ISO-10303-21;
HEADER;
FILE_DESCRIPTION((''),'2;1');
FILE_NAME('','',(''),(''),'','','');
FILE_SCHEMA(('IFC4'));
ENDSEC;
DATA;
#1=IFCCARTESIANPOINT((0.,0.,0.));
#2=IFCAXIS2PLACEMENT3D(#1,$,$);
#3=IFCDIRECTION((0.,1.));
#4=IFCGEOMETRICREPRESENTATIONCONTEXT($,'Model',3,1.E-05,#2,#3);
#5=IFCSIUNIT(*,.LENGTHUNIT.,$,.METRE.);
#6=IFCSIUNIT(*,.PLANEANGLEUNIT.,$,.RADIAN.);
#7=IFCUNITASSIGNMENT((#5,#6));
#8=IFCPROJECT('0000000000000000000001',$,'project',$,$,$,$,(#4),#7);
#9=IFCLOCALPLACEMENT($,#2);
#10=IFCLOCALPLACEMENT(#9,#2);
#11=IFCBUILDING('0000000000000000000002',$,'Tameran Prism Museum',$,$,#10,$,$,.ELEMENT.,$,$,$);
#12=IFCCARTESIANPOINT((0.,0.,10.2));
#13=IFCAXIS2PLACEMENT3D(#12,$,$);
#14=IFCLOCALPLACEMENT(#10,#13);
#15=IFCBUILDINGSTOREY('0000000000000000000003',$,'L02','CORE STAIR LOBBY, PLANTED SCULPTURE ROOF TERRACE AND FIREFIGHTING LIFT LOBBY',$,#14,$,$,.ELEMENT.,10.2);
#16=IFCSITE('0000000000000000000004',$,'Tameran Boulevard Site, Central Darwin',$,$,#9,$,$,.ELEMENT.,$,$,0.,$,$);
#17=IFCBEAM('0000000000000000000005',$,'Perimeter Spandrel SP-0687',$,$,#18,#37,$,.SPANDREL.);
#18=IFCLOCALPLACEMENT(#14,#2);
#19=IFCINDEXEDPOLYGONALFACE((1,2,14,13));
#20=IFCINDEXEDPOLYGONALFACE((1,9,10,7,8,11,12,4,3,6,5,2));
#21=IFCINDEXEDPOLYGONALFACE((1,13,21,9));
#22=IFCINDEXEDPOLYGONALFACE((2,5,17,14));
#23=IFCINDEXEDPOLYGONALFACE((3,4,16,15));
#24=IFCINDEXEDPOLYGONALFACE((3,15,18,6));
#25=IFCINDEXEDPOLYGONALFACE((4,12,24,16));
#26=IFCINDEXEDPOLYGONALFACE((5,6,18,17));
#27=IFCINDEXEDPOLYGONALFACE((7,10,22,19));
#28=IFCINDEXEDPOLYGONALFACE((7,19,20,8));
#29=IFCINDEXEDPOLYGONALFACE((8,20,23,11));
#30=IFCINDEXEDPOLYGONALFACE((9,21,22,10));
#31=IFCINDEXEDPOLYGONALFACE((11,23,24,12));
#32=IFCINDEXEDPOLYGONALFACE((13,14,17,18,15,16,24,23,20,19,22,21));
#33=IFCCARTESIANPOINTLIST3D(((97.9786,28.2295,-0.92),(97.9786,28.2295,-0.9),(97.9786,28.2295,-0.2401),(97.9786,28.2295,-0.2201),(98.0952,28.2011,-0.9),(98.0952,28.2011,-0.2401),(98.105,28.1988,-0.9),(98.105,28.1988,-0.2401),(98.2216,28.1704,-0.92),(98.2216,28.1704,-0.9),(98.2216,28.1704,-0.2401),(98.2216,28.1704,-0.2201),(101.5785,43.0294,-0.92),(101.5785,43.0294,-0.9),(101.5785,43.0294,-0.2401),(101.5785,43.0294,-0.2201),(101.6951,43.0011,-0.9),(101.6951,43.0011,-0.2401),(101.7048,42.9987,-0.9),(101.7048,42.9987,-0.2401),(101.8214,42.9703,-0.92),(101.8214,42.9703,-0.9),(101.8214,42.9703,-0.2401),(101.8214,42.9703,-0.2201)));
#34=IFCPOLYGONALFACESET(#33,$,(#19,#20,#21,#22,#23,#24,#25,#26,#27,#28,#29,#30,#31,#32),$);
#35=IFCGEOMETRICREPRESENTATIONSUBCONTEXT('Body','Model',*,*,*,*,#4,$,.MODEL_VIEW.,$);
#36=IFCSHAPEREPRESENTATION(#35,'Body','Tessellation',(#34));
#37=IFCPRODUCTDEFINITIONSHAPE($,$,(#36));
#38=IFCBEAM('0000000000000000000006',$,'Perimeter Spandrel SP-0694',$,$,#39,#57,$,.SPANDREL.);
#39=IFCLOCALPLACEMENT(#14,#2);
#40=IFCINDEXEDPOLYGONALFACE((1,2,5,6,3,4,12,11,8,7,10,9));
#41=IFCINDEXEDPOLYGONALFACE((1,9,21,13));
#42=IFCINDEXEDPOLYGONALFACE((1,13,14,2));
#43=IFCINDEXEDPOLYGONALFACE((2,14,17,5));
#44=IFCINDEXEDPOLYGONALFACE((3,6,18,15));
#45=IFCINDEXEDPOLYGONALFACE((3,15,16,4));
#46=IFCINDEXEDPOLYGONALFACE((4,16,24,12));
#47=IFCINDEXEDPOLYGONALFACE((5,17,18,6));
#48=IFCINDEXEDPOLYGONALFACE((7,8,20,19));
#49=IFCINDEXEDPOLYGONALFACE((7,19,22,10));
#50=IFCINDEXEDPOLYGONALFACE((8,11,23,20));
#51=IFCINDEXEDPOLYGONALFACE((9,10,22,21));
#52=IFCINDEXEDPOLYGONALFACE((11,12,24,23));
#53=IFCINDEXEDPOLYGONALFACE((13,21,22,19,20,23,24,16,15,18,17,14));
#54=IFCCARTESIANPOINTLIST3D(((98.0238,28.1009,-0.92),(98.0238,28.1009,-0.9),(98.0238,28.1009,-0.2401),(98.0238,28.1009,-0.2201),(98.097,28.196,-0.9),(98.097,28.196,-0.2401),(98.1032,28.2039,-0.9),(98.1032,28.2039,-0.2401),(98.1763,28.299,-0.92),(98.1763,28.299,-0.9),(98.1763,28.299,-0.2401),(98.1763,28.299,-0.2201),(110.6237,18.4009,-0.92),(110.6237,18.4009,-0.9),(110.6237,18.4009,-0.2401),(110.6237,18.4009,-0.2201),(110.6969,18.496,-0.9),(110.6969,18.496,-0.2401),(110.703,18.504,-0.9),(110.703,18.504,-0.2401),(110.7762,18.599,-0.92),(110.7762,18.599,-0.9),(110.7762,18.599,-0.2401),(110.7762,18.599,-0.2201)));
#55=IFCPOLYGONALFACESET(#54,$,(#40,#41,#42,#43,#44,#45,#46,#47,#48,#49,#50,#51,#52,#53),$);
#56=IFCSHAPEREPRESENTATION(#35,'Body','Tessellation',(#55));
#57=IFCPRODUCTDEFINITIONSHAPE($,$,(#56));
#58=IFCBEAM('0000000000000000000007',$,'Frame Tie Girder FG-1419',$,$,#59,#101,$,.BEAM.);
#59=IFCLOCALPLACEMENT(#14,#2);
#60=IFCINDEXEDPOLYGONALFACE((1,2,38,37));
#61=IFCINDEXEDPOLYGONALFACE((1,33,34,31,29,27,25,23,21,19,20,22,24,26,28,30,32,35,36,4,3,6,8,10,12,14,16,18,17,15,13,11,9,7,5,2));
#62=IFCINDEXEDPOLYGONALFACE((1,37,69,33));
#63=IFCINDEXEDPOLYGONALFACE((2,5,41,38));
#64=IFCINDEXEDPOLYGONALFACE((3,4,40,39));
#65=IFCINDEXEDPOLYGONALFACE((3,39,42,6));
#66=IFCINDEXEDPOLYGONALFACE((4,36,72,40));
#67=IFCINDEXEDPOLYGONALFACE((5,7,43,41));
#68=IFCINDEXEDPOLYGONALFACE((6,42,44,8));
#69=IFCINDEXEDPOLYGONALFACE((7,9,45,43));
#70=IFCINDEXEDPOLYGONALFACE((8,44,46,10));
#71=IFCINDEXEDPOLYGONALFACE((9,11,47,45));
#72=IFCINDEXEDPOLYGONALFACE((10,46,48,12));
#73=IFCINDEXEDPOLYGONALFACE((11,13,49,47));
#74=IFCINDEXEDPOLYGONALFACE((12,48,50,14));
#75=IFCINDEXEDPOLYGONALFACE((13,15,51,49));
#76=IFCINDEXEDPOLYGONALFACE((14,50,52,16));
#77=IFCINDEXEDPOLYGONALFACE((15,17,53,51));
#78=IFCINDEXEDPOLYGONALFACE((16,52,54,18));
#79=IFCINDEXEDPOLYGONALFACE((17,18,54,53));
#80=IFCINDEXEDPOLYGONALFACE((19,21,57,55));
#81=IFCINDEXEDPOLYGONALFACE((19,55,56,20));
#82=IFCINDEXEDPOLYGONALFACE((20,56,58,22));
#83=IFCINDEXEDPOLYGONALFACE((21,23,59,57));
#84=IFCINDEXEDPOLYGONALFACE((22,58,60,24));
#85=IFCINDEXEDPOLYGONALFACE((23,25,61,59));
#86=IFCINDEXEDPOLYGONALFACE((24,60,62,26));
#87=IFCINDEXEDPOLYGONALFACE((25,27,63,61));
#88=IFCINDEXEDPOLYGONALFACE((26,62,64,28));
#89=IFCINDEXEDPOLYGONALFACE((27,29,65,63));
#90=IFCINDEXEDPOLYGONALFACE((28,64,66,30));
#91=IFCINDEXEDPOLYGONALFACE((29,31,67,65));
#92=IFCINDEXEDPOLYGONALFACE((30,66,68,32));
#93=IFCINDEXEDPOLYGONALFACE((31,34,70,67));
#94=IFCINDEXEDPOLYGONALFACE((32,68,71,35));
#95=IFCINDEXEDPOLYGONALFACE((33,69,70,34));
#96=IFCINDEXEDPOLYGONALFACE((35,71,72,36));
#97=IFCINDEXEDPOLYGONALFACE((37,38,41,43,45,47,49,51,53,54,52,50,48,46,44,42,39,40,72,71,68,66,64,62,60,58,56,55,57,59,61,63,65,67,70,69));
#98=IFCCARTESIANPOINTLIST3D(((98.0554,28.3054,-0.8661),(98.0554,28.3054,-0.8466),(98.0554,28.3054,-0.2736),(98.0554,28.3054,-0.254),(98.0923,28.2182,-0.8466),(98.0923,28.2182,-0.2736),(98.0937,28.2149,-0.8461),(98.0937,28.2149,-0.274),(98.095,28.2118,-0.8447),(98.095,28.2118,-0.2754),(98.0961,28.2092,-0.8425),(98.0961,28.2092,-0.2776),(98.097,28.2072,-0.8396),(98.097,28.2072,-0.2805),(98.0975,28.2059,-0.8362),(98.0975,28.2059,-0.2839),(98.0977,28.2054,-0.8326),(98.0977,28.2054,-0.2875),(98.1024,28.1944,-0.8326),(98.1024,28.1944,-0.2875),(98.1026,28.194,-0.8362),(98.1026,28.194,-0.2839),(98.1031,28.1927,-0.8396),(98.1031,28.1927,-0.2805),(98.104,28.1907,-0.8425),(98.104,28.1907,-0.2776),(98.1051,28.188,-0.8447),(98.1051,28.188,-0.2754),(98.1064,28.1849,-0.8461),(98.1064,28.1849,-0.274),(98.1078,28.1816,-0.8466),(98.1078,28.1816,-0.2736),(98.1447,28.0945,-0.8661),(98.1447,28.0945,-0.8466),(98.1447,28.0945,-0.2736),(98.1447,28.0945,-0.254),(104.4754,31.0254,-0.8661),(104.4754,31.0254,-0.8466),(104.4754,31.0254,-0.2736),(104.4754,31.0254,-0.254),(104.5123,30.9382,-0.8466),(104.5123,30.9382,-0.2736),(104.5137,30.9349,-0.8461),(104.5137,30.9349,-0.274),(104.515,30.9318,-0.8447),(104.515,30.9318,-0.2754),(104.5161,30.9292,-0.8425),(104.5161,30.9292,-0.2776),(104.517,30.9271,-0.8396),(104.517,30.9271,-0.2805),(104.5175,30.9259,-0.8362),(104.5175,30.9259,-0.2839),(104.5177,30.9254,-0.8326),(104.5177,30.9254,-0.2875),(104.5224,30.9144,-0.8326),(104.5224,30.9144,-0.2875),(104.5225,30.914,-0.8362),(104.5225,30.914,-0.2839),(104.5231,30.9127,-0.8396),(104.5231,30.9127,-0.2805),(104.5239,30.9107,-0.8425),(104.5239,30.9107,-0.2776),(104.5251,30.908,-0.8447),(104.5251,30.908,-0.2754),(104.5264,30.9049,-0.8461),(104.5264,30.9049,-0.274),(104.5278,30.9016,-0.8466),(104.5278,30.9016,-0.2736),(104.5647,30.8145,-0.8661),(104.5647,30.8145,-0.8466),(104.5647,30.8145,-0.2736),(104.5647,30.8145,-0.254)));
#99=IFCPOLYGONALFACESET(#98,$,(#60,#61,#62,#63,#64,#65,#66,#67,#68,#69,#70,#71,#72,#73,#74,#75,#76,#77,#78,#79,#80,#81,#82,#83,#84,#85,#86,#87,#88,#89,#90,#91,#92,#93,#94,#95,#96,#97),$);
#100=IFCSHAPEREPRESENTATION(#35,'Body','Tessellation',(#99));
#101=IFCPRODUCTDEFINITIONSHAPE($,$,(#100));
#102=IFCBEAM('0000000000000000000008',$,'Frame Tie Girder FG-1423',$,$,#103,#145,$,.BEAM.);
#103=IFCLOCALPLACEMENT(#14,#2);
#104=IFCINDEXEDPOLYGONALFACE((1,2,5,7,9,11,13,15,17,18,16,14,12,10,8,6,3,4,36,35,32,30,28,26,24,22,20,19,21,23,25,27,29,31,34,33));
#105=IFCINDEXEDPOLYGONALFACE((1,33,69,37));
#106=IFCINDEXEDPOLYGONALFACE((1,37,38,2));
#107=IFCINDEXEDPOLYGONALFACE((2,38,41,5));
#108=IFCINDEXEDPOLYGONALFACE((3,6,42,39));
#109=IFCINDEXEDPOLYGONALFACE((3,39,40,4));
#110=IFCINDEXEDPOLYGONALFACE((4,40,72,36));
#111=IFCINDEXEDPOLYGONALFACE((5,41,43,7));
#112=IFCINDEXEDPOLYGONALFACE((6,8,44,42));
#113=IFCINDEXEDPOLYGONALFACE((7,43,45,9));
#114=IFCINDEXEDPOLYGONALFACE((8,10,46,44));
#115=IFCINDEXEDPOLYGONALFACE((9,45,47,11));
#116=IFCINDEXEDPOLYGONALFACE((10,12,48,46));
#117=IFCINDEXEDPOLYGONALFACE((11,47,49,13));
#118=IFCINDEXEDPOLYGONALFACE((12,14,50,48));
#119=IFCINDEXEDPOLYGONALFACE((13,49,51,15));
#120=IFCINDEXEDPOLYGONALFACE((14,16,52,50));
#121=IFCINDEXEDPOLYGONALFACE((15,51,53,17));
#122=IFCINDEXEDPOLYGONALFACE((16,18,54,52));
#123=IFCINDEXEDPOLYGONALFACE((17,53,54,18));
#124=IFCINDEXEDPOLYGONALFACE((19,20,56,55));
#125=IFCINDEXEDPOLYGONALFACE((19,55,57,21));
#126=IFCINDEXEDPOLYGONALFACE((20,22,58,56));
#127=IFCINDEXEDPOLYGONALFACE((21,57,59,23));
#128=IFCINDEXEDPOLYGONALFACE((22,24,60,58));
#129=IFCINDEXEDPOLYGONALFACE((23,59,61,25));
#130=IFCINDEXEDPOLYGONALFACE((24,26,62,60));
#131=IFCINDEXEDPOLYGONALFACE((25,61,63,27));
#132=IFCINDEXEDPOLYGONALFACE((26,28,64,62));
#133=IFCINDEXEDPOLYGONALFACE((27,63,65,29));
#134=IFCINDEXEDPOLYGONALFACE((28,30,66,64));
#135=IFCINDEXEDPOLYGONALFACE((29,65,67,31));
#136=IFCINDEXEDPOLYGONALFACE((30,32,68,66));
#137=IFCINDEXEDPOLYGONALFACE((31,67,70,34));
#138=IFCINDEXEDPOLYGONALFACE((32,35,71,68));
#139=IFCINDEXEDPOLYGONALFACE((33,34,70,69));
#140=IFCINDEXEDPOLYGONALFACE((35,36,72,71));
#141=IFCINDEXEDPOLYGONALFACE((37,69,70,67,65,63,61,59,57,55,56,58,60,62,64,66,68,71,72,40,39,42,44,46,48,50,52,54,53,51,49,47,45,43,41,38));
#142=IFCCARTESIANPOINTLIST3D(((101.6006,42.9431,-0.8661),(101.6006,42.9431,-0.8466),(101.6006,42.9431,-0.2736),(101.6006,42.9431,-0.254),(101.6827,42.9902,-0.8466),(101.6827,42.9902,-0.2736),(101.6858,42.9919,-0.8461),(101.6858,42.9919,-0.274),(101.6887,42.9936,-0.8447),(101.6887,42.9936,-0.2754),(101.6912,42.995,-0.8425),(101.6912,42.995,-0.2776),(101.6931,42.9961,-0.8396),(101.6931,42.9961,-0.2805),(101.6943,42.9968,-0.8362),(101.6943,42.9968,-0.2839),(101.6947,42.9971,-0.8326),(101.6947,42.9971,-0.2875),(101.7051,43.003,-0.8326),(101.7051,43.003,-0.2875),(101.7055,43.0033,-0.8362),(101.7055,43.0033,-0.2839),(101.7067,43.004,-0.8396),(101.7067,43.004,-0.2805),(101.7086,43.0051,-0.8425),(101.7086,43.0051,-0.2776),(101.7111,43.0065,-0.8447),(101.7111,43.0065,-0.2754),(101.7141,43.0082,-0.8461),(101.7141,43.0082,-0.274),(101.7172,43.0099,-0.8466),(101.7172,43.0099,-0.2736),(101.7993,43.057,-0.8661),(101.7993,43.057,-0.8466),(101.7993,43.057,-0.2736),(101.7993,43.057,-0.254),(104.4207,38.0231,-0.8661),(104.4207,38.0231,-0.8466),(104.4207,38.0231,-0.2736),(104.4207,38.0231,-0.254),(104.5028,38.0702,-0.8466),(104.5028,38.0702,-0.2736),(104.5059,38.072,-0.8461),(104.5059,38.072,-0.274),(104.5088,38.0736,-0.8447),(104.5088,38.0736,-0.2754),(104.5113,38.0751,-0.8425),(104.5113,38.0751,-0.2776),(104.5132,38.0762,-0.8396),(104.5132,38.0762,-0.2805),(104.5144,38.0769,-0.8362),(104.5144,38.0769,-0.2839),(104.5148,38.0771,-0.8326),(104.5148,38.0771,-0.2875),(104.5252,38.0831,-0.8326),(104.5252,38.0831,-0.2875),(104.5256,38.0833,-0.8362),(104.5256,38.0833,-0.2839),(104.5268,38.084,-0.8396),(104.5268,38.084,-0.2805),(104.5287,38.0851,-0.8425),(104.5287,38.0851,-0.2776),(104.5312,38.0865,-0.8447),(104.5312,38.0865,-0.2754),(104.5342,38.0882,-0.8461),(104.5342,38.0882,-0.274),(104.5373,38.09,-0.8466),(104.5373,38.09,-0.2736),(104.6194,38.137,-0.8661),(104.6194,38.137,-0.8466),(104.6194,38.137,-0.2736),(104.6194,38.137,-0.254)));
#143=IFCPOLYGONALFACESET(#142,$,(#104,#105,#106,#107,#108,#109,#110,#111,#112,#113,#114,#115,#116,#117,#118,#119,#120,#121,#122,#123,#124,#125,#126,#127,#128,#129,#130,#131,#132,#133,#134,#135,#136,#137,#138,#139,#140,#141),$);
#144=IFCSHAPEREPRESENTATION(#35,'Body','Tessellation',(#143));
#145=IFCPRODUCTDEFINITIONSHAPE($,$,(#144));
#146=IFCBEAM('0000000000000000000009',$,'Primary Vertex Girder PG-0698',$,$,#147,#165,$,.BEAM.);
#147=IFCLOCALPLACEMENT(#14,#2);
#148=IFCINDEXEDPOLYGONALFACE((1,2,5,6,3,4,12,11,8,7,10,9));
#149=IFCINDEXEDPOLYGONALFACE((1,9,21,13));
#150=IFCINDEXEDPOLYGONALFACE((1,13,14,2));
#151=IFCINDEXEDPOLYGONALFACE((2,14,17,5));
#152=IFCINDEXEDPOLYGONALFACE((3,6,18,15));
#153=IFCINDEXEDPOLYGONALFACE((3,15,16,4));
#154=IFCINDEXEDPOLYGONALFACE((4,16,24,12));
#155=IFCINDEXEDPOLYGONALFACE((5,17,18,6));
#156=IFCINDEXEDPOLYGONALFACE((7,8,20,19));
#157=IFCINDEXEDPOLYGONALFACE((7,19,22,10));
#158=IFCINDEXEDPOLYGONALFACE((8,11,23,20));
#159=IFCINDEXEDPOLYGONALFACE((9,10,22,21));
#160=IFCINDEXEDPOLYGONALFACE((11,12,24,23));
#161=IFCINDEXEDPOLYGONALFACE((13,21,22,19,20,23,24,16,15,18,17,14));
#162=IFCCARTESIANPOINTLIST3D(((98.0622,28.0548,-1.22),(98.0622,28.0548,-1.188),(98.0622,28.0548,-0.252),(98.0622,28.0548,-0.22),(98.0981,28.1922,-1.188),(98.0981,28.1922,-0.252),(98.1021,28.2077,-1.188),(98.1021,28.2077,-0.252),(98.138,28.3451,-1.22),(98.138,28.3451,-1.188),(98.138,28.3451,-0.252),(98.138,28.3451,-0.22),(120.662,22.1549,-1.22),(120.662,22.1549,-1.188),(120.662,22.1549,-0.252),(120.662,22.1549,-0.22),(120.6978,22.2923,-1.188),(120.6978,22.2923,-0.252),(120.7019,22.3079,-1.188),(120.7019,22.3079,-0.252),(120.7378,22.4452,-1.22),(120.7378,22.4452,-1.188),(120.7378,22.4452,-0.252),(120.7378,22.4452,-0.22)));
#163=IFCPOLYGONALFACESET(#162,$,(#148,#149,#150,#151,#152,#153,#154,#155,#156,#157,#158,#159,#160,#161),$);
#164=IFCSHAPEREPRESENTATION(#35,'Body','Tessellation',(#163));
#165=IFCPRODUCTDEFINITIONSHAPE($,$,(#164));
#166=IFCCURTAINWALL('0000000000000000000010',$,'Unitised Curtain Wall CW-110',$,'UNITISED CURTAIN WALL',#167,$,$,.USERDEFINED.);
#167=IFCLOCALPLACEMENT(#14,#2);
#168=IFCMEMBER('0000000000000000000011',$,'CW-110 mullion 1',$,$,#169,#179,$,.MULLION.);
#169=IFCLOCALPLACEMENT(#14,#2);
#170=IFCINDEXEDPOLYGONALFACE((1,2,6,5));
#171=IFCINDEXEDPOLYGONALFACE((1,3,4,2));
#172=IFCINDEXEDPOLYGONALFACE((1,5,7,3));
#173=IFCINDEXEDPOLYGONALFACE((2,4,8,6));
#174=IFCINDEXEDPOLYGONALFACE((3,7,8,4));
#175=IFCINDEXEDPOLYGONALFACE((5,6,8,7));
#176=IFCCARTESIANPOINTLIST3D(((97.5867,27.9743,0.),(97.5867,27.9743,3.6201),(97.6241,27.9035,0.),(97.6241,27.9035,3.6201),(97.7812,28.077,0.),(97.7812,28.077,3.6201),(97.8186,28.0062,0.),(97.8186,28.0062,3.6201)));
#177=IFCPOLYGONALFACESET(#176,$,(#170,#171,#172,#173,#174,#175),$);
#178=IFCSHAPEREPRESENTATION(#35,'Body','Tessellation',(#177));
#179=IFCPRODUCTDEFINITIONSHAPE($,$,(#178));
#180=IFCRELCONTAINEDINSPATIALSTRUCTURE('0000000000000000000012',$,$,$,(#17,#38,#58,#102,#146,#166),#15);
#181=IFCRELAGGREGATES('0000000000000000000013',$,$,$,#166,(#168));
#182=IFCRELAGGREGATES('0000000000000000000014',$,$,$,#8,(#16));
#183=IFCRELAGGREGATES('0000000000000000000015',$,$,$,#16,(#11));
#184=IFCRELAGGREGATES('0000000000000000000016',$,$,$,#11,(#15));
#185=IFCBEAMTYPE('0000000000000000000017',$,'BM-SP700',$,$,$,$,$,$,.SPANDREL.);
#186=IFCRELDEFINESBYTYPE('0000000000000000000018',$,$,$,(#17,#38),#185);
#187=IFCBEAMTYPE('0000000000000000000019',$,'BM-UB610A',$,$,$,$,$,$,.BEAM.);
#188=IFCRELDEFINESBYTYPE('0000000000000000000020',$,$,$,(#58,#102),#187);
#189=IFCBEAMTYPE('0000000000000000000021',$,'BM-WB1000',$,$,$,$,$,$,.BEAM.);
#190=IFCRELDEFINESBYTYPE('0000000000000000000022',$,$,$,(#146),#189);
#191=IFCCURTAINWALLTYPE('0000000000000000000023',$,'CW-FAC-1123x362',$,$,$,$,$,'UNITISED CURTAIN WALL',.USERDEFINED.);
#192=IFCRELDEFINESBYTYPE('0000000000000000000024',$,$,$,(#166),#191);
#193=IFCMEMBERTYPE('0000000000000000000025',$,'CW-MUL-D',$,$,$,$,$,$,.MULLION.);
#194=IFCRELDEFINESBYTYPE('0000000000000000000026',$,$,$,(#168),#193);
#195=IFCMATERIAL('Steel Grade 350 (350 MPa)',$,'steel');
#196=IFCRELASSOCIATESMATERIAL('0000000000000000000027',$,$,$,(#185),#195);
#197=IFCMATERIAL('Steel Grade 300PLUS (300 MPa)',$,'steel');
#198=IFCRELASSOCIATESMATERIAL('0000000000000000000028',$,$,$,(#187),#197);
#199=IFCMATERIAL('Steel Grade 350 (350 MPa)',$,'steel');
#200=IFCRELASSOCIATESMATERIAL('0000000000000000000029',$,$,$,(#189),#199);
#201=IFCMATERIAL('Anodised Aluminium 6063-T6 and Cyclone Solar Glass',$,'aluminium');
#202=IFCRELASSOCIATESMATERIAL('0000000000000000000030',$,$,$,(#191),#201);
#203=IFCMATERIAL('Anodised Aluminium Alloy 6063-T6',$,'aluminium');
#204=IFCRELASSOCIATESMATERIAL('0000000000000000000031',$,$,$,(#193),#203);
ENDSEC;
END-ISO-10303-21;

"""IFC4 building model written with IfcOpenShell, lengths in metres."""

from ifc_helpers import new_model, si_unit, direction, frame, origin, origin_2d, place, context, subcontext, project, spatial, rectangle, i_section, extrude, material, material_profile, profile_set, type_object, element, aggregate, save


model = new_model("IFC4")

# Units and contexts
model_context = context("Model", 3, precision=1e-05, world=origin(), true_north=direction((0.0, 1.0)))
body_context = subcontext(model_context, "Body", "Model", "MODEL_VIEW")
ifc_project = project(units=[si_unit("LENGTHUNIT", "METRE"), si_unit("PLANEANGLEUNIT", "RADIAN")], contexts=[model_context])

# Site, building, storey
site_placement = place(None, origin())
site = spatial("IfcSite", under=ifc_project, at=site_placement, Name="Tameran Boulevard Site, Central Darwin", CompositionType="ELEMENT", RefElevation=0.0)
building_placement = place(site_placement, origin())
building = spatial("IfcBuilding", under=site, at=building_placement, Name="Tameran Prism Museum", CompositionType="ELEMENT")
storey_placement = place(building_placement, frame((0.0, 0.0, 10.2)))
storey = spatial("IfcBuildingStorey", under=building, at=storey_placement, Name="L02", Description="CORE STAIR LOBBY, PLANTED SCULPTURE ROOF TERRACE AND FIREFIGHTING LIFT LOBBY", CompositionType="ELEMENT", Elevation=10.2)

# Beams
ifc_material_1 = material(Name="Steel Grade 350 (350 MPa)", Category="steel")
ifc_material_profile_1 = material_profile(ifc_material_1, i_section(OverallWidth=0.25, OverallDepth=0.7, WebThickness=0.01, FlangeThickness=0.02, at=origin_2d()))
ifc_profile_set_1 = profile_set([ifc_material_profile_1])
beam_type_1 = type_object("IfcBeamType", Name="BM-SP700", PredefinedType="SPANDREL", material=ifc_profile_set_1)
beam_1_placement = place(storey_placement, frame((98.1001, 28.2, -0.5701), z_axis=(0.236342, 0.97167, 0.0), x_axis=(-0.97167, 0.236342, 0.0)))
element("IfcBeam", 1, at=beam_1_placement, inside=storey, type_object=beam_type_1, Name="Perimeter Spandrel SP-0687", PredefinedType="SPANDREL", context=body_context, shape_type="SweptSolid", body=[
    extrude(i_section(OverallWidth=0.25, OverallDepth=0.7, WebThickness=0.01, FlangeThickness=0.02, at=origin_2d()), origin(), (0.0, 0.0, 1.0), 15.2314),
])
beam_2_placement = place(storey_placement, frame((98.1001, 28.2, -0.5701), z_axis=(0.792388, -0.610017, 0.0), x_axis=(0.610017, 0.792388, 0.0)))
element("IfcBeam", 2, at=beam_2_placement, inside=storey, type_object=beam_type_1, Name="Perimeter Spandrel SP-0694", PredefinedType="SPANDREL", context=body_context, shape_type="SweptSolid", body=[
    extrude(i_section(OverallWidth=0.25, OverallDepth=0.7, WebThickness=0.01, FlangeThickness=0.02, at=origin_2d()), origin(), (0.0, 0.0, 1.0), 15.9011),
])
ifc_material_2 = material(Name="Steel Grade 300PLUS (300 MPa)", Category="steel")
ifc_material_profile_2 = material_profile(ifc_material_2, i_section(OverallWidth=0.229, OverallDepth=0.6121, WebThickness=0.012, FlangeThickness=0.0195, FilletRadius=0.0139, at=origin_2d()))
ifc_profile_set_2 = profile_set([ifc_material_profile_2])
beam_type_2 = type_object("IfcBeamType", Name="BM-UB610A", PredefinedType="BEAM", material=ifc_profile_set_2)
beam_3_placement = place(storey_placement, frame((104.52, 30.9199, -0.5601), z_axis=(-0.920769, -0.390108, 0.0), x_axis=(0.390108, -0.920769, 0.0)))
element("IfcBeam", 3, at=beam_3_placement, inside=storey, type_object=beam_type_2, Name="Frame Tie Girder FG-1419", PredefinedType="BEAM", context=body_context, shape_type="SweptSolid", body=[
    extrude(i_section(OverallWidth=0.229, OverallDepth=0.6121, WebThickness=0.012, FlangeThickness=0.0195, FilletRadius=0.0139, at=origin_2d()), origin(), (0.0, 0.0, 1.0), 6.9724),
])
beam_4_placement = place(storey_placement, frame((104.52, 38.0801, -0.5601), z_axis=(-0.497293, 0.867583, 0.0), x_axis=(-0.867583, -0.497293, 0.0)))
element("IfcBeam", 4, at=beam_4_placement, inside=storey, type_object=beam_type_2, Name="Frame Tie Girder FG-1423", PredefinedType="BEAM", context=body_context, shape_type="SweptSolid", body=[
    extrude(i_section(OverallWidth=0.229, OverallDepth=0.6121, WebThickness=0.012, FlangeThickness=0.0195, FilletRadius=0.0139, at=origin_2d()), origin(), (0.0, 0.0, 1.0), 5.6709),
])
ifc_material_3 = material(Name="Steel Grade 350 (350 MPa)", Category="steel")
ifc_material_profile_3 = material_profile(ifc_material_3, i_section(OverallWidth=0.3, OverallDepth=1.0, WebThickness=0.0161, FlangeThickness=0.032, at=origin_2d()))
ifc_profile_set_3 = profile_set([ifc_material_profile_3])
beam_type_3 = type_object("IfcBeamType", Name="BM-WB1000", PredefinedType="BEAM", material=ifc_profile_set_3)
beam_5_placement = place(storey_placement, frame((98.1001, 28.2, -0.72), z_axis=(0.967572, -0.252594, 0.0), x_axis=(0.252594, 0.967572, 0.0)))
element("IfcBeam", 5, at=beam_5_placement, inside=storey, type_object=beam_type_3, Name="Primary Vertex Girder PG-0698", PredefinedType="BEAM", context=body_context, shape_type="SweptSolid", body=[
    extrude(i_section(OverallWidth=0.3, OverallDepth=1.0, WebThickness=0.0161, FlangeThickness=0.032, at=origin_2d()), origin(), (0.0, 0.0, 1.0), 23.3572),
])

# Curtain wall, member
ifc_material_4 = material(Name="Anodised Aluminium 6063-T6 and Cyclone Solar Glass", Category="aluminium")
curtain_wall_type = type_object("IfcCurtainWallType", Name="CW-FAC-1123x362", ElementType="UNITISED CURTAIN WALL", PredefinedType="USERDEFINED", material=ifc_material_4)
curtain_wall_placement = place(storey_placement, origin())
curtain_wall = element("IfcCurtainWall", 6, at=curtain_wall_placement, inside=storey, type_object=curtain_wall_type, Name="Unitised Curtain Wall CW-110", ObjectType="UNITISED CURTAIN WALL", PredefinedType="USERDEFINED")
ifc_material_5 = material(Name="Anodised Aluminium Alloy 6063-T6", Category="aluminium")
ifc_material_profile_4 = material_profile(ifc_material_5, rectangle(XDim=0.0801, YDim=0.22, at=origin_2d()))
ifc_profile_set_4 = profile_set([ifc_material_profile_4])
member_type_1 = type_object("IfcMemberType", Name="CW-MUL-D", PredefinedType="MULLION", material=ifc_profile_set_4)
member_1_placement = place(storey_placement, frame((97.7026, 27.9902, 0.0), z_axis=(0.0, 0.0, 1.0), x_axis=(0.467155, -0.884175, 0.0)))
member_1 = element("IfcMember", 7, at=member_1_placement, type_object=member_type_1, Name="CW-110 mullion 1", PredefinedType="MULLION", context=body_context, shape_type="SweptSolid", body=[
    extrude(rectangle(XDim=0.0801, YDim=0.22, at=origin_2d()), origin(), (0.0, 0.0, 1.0), 3.6201),
])
aggregate(curtain_wall, [member_1])

save(model, "model.ifc")
